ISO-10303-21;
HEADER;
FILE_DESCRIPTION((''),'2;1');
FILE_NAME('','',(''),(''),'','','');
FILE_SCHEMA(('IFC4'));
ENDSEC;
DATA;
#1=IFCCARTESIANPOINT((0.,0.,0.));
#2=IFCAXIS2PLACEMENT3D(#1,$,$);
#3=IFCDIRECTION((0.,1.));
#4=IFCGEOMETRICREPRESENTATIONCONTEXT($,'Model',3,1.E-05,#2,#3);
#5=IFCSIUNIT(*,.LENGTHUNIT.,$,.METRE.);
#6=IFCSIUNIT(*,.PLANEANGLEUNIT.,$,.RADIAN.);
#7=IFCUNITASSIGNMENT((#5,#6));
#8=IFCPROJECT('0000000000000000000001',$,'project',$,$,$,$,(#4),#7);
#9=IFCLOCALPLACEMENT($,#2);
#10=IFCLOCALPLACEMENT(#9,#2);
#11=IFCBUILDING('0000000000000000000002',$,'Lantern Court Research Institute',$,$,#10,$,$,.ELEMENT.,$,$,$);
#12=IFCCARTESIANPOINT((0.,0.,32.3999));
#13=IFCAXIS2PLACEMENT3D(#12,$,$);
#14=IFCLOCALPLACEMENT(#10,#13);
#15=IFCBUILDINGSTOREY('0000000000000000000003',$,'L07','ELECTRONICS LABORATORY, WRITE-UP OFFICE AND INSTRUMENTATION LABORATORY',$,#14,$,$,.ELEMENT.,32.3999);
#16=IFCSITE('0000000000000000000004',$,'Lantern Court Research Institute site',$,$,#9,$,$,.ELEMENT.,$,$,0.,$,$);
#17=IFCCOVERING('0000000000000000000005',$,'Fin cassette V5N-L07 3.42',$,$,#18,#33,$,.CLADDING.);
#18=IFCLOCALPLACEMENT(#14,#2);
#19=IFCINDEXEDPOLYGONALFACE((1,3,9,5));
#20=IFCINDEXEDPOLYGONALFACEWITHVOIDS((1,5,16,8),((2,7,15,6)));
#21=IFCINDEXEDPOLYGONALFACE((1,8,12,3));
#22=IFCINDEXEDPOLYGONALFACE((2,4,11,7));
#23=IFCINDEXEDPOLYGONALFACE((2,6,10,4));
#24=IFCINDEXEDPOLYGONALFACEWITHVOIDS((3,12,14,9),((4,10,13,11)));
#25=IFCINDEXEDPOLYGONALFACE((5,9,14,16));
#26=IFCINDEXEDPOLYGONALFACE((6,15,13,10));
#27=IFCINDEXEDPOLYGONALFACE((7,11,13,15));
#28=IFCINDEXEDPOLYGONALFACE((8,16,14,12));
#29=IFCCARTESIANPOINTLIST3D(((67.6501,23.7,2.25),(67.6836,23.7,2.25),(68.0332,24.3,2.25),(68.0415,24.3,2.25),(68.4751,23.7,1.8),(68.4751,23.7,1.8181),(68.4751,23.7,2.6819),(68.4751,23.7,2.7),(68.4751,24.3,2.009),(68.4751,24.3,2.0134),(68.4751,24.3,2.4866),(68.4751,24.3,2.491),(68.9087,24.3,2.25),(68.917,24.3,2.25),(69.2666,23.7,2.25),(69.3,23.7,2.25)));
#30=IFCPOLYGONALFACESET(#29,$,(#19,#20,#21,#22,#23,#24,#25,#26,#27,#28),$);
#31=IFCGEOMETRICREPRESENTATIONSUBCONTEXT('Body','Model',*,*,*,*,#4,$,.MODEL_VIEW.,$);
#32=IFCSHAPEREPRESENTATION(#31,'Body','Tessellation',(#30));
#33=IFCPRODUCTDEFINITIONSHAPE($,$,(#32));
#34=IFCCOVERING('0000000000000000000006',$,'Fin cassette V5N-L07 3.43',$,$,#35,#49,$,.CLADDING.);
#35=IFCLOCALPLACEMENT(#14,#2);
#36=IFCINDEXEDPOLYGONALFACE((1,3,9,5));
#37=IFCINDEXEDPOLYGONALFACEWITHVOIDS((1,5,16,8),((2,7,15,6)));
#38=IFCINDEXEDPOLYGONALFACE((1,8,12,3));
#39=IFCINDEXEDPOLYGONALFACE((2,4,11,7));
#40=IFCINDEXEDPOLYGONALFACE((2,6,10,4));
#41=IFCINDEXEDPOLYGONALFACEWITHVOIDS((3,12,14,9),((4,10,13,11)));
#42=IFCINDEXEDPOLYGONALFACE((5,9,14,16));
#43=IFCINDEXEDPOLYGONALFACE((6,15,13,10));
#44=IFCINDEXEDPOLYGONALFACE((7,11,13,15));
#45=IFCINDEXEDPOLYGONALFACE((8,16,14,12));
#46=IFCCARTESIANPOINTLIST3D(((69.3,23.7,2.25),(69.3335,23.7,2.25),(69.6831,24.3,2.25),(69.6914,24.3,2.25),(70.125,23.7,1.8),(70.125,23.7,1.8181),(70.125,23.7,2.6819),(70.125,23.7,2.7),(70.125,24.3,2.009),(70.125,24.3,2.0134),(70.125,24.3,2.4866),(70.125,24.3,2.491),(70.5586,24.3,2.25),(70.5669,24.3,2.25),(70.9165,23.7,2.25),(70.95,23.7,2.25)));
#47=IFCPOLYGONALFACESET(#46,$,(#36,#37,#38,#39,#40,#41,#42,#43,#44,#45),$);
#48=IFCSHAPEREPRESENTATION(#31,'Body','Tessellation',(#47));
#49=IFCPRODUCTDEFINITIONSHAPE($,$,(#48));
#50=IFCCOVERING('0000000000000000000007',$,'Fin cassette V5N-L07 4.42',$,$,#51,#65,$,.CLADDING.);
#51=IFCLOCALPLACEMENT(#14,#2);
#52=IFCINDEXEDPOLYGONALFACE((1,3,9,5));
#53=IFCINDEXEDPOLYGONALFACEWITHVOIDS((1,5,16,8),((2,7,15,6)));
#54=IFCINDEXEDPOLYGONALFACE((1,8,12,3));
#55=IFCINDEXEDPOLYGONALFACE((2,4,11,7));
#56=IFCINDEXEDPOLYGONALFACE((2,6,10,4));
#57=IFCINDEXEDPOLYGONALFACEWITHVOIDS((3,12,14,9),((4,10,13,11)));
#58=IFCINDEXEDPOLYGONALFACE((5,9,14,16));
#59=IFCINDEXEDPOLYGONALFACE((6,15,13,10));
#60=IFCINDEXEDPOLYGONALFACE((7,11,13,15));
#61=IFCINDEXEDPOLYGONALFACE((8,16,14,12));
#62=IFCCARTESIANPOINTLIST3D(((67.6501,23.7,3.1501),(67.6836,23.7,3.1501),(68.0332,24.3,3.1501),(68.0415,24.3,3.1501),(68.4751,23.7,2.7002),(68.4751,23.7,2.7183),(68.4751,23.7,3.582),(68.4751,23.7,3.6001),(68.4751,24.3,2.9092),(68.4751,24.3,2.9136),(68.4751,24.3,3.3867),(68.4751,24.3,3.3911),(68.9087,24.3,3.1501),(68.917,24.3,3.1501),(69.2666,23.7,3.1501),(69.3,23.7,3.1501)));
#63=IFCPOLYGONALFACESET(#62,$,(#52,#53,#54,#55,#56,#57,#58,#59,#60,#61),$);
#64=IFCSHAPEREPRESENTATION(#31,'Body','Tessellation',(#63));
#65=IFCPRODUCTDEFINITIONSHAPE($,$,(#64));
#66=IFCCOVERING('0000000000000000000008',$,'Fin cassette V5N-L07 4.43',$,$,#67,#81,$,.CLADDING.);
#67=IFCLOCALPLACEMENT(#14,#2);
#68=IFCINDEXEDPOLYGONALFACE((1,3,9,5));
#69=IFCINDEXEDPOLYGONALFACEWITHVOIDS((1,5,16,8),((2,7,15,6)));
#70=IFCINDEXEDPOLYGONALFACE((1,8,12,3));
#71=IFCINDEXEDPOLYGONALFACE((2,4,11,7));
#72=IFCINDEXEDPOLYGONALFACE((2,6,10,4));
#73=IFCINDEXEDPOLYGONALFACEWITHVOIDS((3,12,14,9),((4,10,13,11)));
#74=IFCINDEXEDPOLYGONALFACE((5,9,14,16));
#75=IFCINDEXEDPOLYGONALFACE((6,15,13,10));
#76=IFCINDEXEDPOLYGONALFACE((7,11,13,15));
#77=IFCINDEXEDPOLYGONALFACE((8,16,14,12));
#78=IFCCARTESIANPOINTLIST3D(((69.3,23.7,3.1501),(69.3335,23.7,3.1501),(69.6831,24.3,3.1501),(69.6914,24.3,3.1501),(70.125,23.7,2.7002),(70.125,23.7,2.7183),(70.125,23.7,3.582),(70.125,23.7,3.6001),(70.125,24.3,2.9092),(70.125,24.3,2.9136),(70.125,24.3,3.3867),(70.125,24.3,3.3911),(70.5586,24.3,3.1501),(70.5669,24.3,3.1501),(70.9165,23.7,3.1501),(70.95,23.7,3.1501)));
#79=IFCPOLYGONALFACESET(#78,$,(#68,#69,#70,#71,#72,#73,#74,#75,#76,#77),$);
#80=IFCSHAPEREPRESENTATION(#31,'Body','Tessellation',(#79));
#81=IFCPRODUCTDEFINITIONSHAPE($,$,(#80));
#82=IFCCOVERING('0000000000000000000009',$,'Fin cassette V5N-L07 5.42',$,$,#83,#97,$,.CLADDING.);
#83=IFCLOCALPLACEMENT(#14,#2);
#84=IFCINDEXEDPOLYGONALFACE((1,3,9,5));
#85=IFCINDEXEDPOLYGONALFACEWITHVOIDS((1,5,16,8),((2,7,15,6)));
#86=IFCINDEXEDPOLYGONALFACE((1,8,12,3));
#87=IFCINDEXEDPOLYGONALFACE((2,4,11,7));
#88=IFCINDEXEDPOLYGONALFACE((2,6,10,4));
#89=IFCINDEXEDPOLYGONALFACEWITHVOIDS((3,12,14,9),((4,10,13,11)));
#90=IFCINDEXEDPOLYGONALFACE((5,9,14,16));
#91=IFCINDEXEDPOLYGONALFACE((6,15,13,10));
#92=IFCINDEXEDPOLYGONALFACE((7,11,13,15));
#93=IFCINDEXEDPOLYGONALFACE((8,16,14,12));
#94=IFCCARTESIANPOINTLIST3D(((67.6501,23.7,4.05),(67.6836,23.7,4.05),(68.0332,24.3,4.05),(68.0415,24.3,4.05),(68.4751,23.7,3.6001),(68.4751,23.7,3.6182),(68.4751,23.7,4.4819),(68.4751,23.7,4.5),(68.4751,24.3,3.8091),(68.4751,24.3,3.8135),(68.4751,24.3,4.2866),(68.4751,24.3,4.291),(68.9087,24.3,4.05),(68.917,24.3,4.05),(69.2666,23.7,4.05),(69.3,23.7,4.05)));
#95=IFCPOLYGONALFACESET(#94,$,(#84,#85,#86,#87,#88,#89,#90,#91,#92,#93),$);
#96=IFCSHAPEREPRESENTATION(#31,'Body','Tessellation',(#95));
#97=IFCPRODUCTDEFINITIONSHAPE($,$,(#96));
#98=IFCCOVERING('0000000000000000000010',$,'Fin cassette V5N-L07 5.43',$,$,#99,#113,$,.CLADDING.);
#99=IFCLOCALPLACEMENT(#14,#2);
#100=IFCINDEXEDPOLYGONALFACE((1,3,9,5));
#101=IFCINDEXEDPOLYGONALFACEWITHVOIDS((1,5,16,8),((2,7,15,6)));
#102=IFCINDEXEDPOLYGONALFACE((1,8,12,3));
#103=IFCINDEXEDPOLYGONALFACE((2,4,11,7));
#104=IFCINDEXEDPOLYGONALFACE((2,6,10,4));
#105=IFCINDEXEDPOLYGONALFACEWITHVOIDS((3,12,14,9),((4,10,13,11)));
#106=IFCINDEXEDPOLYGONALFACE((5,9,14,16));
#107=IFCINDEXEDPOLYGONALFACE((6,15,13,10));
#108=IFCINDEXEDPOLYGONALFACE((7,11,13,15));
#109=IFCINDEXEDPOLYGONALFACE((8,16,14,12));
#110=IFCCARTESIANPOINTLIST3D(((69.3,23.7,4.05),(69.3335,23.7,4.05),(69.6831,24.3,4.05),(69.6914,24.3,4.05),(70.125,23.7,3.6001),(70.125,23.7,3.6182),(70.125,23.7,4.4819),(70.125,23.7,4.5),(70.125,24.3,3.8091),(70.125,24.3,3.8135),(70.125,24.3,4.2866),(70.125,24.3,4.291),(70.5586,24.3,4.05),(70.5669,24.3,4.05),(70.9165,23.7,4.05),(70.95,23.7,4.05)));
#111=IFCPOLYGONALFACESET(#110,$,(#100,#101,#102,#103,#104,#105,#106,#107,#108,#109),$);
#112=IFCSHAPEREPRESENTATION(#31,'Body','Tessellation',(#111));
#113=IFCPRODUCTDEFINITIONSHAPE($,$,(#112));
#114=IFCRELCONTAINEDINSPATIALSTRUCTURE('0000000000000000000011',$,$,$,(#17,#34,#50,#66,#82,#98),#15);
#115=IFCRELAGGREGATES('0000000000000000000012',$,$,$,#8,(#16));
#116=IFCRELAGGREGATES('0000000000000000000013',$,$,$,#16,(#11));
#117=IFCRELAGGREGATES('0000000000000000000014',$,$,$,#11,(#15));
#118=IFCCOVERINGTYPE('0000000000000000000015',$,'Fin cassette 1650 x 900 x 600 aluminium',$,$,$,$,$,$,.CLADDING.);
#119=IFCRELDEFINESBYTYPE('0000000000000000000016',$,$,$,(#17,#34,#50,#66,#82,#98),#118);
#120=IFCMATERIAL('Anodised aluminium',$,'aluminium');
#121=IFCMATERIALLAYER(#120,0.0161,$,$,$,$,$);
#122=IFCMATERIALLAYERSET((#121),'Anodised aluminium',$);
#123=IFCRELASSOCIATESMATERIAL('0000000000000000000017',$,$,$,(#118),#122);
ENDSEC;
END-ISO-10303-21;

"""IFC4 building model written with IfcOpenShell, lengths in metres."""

from ifc_helpers import new_model, entity, si_unit, direction, frame, origin, place, context, subcontext, project, spatial, material, layer, layer_set, type_object, element, save


model = new_model("IFC4")

# Units and contexts
model_context = context("Model", 3, precision=1e-05, world=origin(), true_north=direction((0.0, 1.0)))
body_context = subcontext(model_context, "Body", "Model", "MODEL_VIEW")
ifc_project = project(units=[si_unit("LENGTHUNIT", "METRE"), si_unit("PLANEANGLEUNIT", "RADIAN")], contexts=[model_context])

# Site, building, storey
site_placement = place(None, origin())
site = spatial("IfcSite", under=ifc_project, at=site_placement, Name="Lantern Court Research Institute site", CompositionType="ELEMENT", RefElevation=0.0)
building_placement = place(site_placement, origin())
building = spatial("IfcBuilding", under=site, at=building_placement, Name="Lantern Court Research Institute", CompositionType="ELEMENT")
storey_placement = place(building_placement, frame((0.0, 0.0, 32.3999)))
storey = spatial("IfcBuildingStorey", under=building, at=storey_placement, Name="L07", Description="ELECTRONICS LABORATORY, WRITE-UP OFFICE AND INSTRUMENTATION LABORATORY", CompositionType="ELEMENT", Elevation=32.3999)

# Coverings
ifc_material_1 = material(Name="Anodised aluminium", Category="aluminium")
ifc_layer_1 = layer(ifc_material_1, 0.0161)
ifc_layer_set_1 = layer_set([ifc_layer_1], Name="Anodised aluminium")
covering_type = type_object("IfcCoveringType", Name="Fin cassette 1650 x 900 x 600 aluminium", PredefinedType="CLADDING", material=ifc_layer_set_1)
covering_1_placement = place(storey_placement, frame((68.4751, 23.7, 2.25), z_axis=(0.0, 1.0, 0.0), x_axis=(-1.0, 0.0, 0.0)))
cartesian_point_1 = entity("IfcCartesianPoint", [0.825, 0.0])
cartesian_point_2 = entity("IfcCartesianPoint", [0.7915, 0.0])
cartesian_point_3 = entity("IfcCartesianPoint", [0.4419, 0.0])
cartesian_point_4 = entity("IfcCartesianPoint", [0.4336, 0.0])
element("IfcCovering", 1, at=covering_1_placement, inside=storey, type_object=covering_type, Name="Fin cassette V5N-L07 3.42", PredefinedType="CLADDING", context=body_context, shape_type="SweptSolid", body=[
    entity("IfcExtrudedAreaSolidTapered", entity("IfcArbitraryProfileDefWithVoids", "AREA", None, entity("IfcPolyline", [cartesian_point_1, entity("IfcCartesianPoint", [0.0, 0.45]), entity("IfcCartesianPoint", [-0.825, 0.0]), entity("IfcCartesianPoint", [0.0, -0.45]), cartesian_point_1]), [entity("IfcPolyline", [cartesian_point_2, entity("IfcCartesianPoint", [0.0, 0.4319]), entity("IfcCartesianPoint", [-0.7915, 0.0]), entity("IfcCartesianPoint", [0.0, -0.4319]), cartesian_point_2])]), entity("IfcAxis2Placement3D", entity("IfcCartesianPoint", [0.0, 0.0, 0.0])), entity("IfcDirection", [0.0, 0.0, 1.0]), 0.6001, entity("IfcArbitraryProfileDefWithVoids", "AREA", None, entity("IfcPolyline", [cartesian_point_3, entity("IfcCartesianPoint", [0.0, 0.241]), entity("IfcCartesianPoint", [-0.4419, 0.0]), entity("IfcCartesianPoint", [0.0, -0.241]), cartesian_point_3]), [entity("IfcPolyline", [cartesian_point_4, entity("IfcCartesianPoint", [0.0, 0.2366]), entity("IfcCartesianPoint", [-0.4336, 0.0]), entity("IfcCartesianPoint", [0.0, -0.2366]), cartesian_point_4])])),
])
covering_2_placement = place(storey_placement, frame((70.125, 23.7, 2.25), z_axis=(0.0, 1.0, 0.0), x_axis=(-1.0, 0.0, 0.0)))
cartesian_point_5 = entity("IfcCartesianPoint", [0.825, 0.0])
cartesian_point_6 = entity("IfcCartesianPoint", [0.7915, 0.0])
cartesian_point_7 = entity("IfcCartesianPoint", [0.4419, 0.0])
cartesian_point_8 = entity("IfcCartesianPoint", [0.4336, 0.0])
element("IfcCovering", 2, at=covering_2_placement, inside=storey, type_object=covering_type, Name="Fin cassette V5N-L07 3.43", PredefinedType="CLADDING", context=body_context, shape_type="SweptSolid", body=[
    entity("IfcExtrudedAreaSolidTapered", entity("IfcArbitraryProfileDefWithVoids", "AREA", None, entity("IfcPolyline", [cartesian_point_5, entity("IfcCartesianPoint", [0.0, 0.45]), entity("IfcCartesianPoint", [-0.825, 0.0]), entity("IfcCartesianPoint", [0.0, -0.45]), cartesian_point_5]), [entity("IfcPolyline", [cartesian_point_6, entity("IfcCartesianPoint", [0.0, 0.4319]), entity("IfcCartesianPoint", [-0.7915, 0.0]), entity("IfcCartesianPoint", [0.0, -0.4319]), cartesian_point_6])]), entity("IfcAxis2Placement3D", entity("IfcCartesianPoint", [0.0, 0.0, 0.0])), entity("IfcDirection", [0.0, 0.0, 1.0]), 0.6001, entity("IfcArbitraryProfileDefWithVoids", "AREA", None, entity("IfcPolyline", [cartesian_point_7, entity("IfcCartesianPoint", [0.0, 0.241]), entity("IfcCartesianPoint", [-0.4419, 0.0]), entity("IfcCartesianPoint", [0.0, -0.241]), cartesian_point_7]), [entity("IfcPolyline", [cartesian_point_8, entity("IfcCartesianPoint", [0.0, 0.2366]), entity("IfcCartesianPoint", [-0.4336, 0.0]), entity("IfcCartesianPoint", [0.0, -0.2366]), cartesian_point_8])])),
])
covering_3_placement = place(storey_placement, frame((68.4751, 23.7, 3.1501), z_axis=(0.0, 1.0, 0.0), x_axis=(-1.0, 0.0, 0.0)))
cartesian_point_9 = entity("IfcCartesianPoint", [0.825, 0.0])
cartesian_point_10 = entity("IfcCartesianPoint", [0.7915, 0.0])
cartesian_point_11 = entity("IfcCartesianPoint", [0.4419, 0.0])
cartesian_point_12 = entity("IfcCartesianPoint", [0.4336, 0.0])
element("IfcCovering", 3, at=covering_3_placement, inside=storey, type_object=covering_type, Name="Fin cassette V5N-L07 4.42", PredefinedType="CLADDING", context=body_context, shape_type="SweptSolid", body=[
    entity("IfcExtrudedAreaSolidTapered", entity("IfcArbitraryProfileDefWithVoids", "AREA", None, entity("IfcPolyline", [cartesian_point_9, entity("IfcCartesianPoint", [0.0, 0.45]), entity("IfcCartesianPoint", [-0.825, 0.0]), entity("IfcCartesianPoint", [0.0, -0.45]), cartesian_point_9]), [entity("IfcPolyline", [cartesian_point_10, entity("IfcCartesianPoint", [0.0, 0.4319]), entity("IfcCartesianPoint", [-0.7915, 0.0]), entity("IfcCartesianPoint", [0.0, -0.4319]), cartesian_point_10])]), entity("IfcAxis2Placement3D", entity("IfcCartesianPoint", [0.0, 0.0, 0.0])), entity("IfcDirection", [0.0, 0.0, 1.0]), 0.6001, entity("IfcArbitraryProfileDefWithVoids", "AREA", None, entity("IfcPolyline", [cartesian_point_11, entity("IfcCartesianPoint", [0.0, 0.241]), entity("IfcCartesianPoint", [-0.4419, 0.0]), entity("IfcCartesianPoint", [0.0, -0.241]), cartesian_point_11]), [entity("IfcPolyline", [cartesian_point_12, entity("IfcCartesianPoint", [0.0, 0.2366]), entity("IfcCartesianPoint", [-0.4336, 0.0]), entity("IfcCartesianPoint", [0.0, -0.2366]), cartesian_point_12])])),
])
covering_4_placement = place(storey_placement, frame((70.125, 23.7, 3.1501), z_axis=(0.0, 1.0, 0.0), x_axis=(-1.0, 0.0, 0.0)))
cartesian_point_13 = entity("IfcCartesianPoint", [0.825, 0.0])
cartesian_point_14 = entity("IfcCartesianPoint", [0.7915, 0.0])
cartesian_point_15 = entity("IfcCartesianPoint", [0.4419, 0.0])
cartesian_point_16 = entity("IfcCartesianPoint", [0.4336, 0.0])
element("IfcCovering", 4, at=covering_4_placement, inside=storey, type_object=covering_type, Name="Fin cassette V5N-L07 4.43", PredefinedType="CLADDING", context=body_context, shape_type="SweptSolid", body=[
    entity("IfcExtrudedAreaSolidTapered", entity("IfcArbitraryProfileDefWithVoids", "AREA", None, entity("IfcPolyline", [cartesian_point_13, entity("IfcCartesianPoint", [0.0, 0.45]), entity("IfcCartesianPoint", [-0.825, 0.0]), entity("IfcCartesianPoint", [0.0, -0.45]), cartesian_point_13]), [entity("IfcPolyline", [cartesian_point_14, entity("IfcCartesianPoint", [0.0, 0.4319]), entity("IfcCartesianPoint", [-0.7915, 0.0]), entity("IfcCartesianPoint", [0.0, -0.4319]), cartesian_point_14])]), entity("IfcAxis2Placement3D", entity("IfcCartesianPoint", [0.0, 0.0, 0.0])), entity("IfcDirection", [0.0, 0.0, 1.0]), 0.6001, entity("IfcArbitraryProfileDefWithVoids", "AREA", None, entity("IfcPolyline", [cartesian_point_15, entity("IfcCartesianPoint", [0.0, 0.241]), entity("IfcCartesianPoint", [-0.4419, 0.0]), entity("IfcCartesianPoint", [0.0, -0.241]), cartesian_point_15]), [entity("IfcPolyline", [cartesian_point_16, entity("IfcCartesianPoint", [0.0, 0.2366]), entity("IfcCartesianPoint", [-0.4336, 0.0]), entity("IfcCartesianPoint", [0.0, -0.2366]), cartesian_point_16])])),
])
covering_5_placement = place(storey_placement, frame((68.4751, 23.7, 4.05), z_axis=(0.0, 1.0, 0.0), x_axis=(-1.0, 0.0, 0.0)))
cartesian_point_17 = entity("IfcCartesianPoint", [0.825, 0.0])
cartesian_point_18 = entity("IfcCartesianPoint", [0.7915, 0.0])
cartesian_point_19 = entity("IfcCartesianPoint", [0.4419, 0.0])
cartesian_point_20 = entity("IfcCartesianPoint", [0.4336, 0.0])
element("IfcCovering", 5, at=covering_5_placement, inside=storey, type_object=covering_type, Name="Fin cassette V5N-L07 5.42", PredefinedType="CLADDING", context=body_context, shape_type="SweptSolid", body=[
    entity("IfcExtrudedAreaSolidTapered", entity("IfcArbitraryProfileDefWithVoids", "AREA", None, entity("IfcPolyline", [cartesian_point_17, entity("IfcCartesianPoint", [0.0, 0.45]), entity("IfcCartesianPoint", [-0.825, 0.0]), entity("IfcCartesianPoint", [0.0, -0.45]), cartesian_point_17]), [entity("IfcPolyline", [cartesian_point_18, entity("IfcCartesianPoint", [0.0, 0.4319]), entity("IfcCartesianPoint", [-0.7915, 0.0]), entity("IfcCartesianPoint", [0.0, -0.4319]), cartesian_point_18])]), entity("IfcAxis2Placement3D", entity("IfcCartesianPoint", [0.0, 0.0, 0.0])), entity("IfcDirection", [0.0, 0.0, 1.0]), 0.6001, entity("IfcArbitraryProfileDefWithVoids", "AREA", None, entity("IfcPolyline", [cartesian_point_19, entity("IfcCartesianPoint", [0.0, 0.241]), entity("IfcCartesianPoint", [-0.4419, 0.0]), entity("IfcCartesianPoint", [0.0, -0.241]), cartesian_point_19]), [entity("IfcPolyline", [cartesian_point_20, entity("IfcCartesianPoint", [0.0, 0.2366]), entity("IfcCartesianPoint", [-0.4336, 0.0]), entity("IfcCartesianPoint", [0.0, -0.2366]), cartesian_point_20])])),
])
covering_6_placement = place(storey_placement, frame((70.125, 23.7, 4.05), z_axis=(0.0, 1.0, 0.0), x_axis=(-1.0, 0.0, 0.0)))
cartesian_point_21 = entity("IfcCartesianPoint", [0.825, 0.0])
cartesian_point_22 = entity("IfcCartesianPoint", [0.7915, 0.0])
cartesian_point_23 = entity("IfcCartesianPoint", [0.4419, 0.0])
cartesian_point_24 = entity("IfcCartesianPoint", [0.4336, 0.0])
element("IfcCovering", 6, at=covering_6_placement, inside=storey, type_object=covering_type, Name="Fin cassette V5N-L07 5.43", PredefinedType="CLADDING", context=body_context, shape_type="SweptSolid", body=[
    entity("IfcExtrudedAreaSolidTapered", entity("IfcArbitraryProfileDefWithVoids", "AREA", None, entity("IfcPolyline", [cartesian_point_21, entity("IfcCartesianPoint", [0.0, 0.45]), entity("IfcCartesianPoint", [-0.825, 0.0]), entity("IfcCartesianPoint", [0.0, -0.45]), cartesian_point_21]), [entity("IfcPolyline", [cartesian_point_22, entity("IfcCartesianPoint", [0.0, 0.4319]), entity("IfcCartesianPoint", [-0.7915, 0.0]), entity("IfcCartesianPoint", [0.0, -0.4319]), cartesian_point_22])]), entity("IfcAxis2Placement3D", entity("IfcCartesianPoint", [0.0, 0.0, 0.0])), entity("IfcDirection", [0.0, 0.0, 1.0]), 0.6001, entity("IfcArbitraryProfileDefWithVoids", "AREA", None, entity("IfcPolyline", [cartesian_point_23, entity("IfcCartesianPoint", [0.0, 0.241]), entity("IfcCartesianPoint", [-0.4419, 0.0]), entity("IfcCartesianPoint", [0.0, -0.241]), cartesian_point_23]), [entity("IfcPolyline", [cartesian_point_24, entity("IfcCartesianPoint", [0.0, 0.2366]), entity("IfcCartesianPoint", [-0.4336, 0.0]), entity("IfcCartesianPoint", [0.0, -0.2366]), cartesian_point_24])])),
])

save(model, "model.ifc")
